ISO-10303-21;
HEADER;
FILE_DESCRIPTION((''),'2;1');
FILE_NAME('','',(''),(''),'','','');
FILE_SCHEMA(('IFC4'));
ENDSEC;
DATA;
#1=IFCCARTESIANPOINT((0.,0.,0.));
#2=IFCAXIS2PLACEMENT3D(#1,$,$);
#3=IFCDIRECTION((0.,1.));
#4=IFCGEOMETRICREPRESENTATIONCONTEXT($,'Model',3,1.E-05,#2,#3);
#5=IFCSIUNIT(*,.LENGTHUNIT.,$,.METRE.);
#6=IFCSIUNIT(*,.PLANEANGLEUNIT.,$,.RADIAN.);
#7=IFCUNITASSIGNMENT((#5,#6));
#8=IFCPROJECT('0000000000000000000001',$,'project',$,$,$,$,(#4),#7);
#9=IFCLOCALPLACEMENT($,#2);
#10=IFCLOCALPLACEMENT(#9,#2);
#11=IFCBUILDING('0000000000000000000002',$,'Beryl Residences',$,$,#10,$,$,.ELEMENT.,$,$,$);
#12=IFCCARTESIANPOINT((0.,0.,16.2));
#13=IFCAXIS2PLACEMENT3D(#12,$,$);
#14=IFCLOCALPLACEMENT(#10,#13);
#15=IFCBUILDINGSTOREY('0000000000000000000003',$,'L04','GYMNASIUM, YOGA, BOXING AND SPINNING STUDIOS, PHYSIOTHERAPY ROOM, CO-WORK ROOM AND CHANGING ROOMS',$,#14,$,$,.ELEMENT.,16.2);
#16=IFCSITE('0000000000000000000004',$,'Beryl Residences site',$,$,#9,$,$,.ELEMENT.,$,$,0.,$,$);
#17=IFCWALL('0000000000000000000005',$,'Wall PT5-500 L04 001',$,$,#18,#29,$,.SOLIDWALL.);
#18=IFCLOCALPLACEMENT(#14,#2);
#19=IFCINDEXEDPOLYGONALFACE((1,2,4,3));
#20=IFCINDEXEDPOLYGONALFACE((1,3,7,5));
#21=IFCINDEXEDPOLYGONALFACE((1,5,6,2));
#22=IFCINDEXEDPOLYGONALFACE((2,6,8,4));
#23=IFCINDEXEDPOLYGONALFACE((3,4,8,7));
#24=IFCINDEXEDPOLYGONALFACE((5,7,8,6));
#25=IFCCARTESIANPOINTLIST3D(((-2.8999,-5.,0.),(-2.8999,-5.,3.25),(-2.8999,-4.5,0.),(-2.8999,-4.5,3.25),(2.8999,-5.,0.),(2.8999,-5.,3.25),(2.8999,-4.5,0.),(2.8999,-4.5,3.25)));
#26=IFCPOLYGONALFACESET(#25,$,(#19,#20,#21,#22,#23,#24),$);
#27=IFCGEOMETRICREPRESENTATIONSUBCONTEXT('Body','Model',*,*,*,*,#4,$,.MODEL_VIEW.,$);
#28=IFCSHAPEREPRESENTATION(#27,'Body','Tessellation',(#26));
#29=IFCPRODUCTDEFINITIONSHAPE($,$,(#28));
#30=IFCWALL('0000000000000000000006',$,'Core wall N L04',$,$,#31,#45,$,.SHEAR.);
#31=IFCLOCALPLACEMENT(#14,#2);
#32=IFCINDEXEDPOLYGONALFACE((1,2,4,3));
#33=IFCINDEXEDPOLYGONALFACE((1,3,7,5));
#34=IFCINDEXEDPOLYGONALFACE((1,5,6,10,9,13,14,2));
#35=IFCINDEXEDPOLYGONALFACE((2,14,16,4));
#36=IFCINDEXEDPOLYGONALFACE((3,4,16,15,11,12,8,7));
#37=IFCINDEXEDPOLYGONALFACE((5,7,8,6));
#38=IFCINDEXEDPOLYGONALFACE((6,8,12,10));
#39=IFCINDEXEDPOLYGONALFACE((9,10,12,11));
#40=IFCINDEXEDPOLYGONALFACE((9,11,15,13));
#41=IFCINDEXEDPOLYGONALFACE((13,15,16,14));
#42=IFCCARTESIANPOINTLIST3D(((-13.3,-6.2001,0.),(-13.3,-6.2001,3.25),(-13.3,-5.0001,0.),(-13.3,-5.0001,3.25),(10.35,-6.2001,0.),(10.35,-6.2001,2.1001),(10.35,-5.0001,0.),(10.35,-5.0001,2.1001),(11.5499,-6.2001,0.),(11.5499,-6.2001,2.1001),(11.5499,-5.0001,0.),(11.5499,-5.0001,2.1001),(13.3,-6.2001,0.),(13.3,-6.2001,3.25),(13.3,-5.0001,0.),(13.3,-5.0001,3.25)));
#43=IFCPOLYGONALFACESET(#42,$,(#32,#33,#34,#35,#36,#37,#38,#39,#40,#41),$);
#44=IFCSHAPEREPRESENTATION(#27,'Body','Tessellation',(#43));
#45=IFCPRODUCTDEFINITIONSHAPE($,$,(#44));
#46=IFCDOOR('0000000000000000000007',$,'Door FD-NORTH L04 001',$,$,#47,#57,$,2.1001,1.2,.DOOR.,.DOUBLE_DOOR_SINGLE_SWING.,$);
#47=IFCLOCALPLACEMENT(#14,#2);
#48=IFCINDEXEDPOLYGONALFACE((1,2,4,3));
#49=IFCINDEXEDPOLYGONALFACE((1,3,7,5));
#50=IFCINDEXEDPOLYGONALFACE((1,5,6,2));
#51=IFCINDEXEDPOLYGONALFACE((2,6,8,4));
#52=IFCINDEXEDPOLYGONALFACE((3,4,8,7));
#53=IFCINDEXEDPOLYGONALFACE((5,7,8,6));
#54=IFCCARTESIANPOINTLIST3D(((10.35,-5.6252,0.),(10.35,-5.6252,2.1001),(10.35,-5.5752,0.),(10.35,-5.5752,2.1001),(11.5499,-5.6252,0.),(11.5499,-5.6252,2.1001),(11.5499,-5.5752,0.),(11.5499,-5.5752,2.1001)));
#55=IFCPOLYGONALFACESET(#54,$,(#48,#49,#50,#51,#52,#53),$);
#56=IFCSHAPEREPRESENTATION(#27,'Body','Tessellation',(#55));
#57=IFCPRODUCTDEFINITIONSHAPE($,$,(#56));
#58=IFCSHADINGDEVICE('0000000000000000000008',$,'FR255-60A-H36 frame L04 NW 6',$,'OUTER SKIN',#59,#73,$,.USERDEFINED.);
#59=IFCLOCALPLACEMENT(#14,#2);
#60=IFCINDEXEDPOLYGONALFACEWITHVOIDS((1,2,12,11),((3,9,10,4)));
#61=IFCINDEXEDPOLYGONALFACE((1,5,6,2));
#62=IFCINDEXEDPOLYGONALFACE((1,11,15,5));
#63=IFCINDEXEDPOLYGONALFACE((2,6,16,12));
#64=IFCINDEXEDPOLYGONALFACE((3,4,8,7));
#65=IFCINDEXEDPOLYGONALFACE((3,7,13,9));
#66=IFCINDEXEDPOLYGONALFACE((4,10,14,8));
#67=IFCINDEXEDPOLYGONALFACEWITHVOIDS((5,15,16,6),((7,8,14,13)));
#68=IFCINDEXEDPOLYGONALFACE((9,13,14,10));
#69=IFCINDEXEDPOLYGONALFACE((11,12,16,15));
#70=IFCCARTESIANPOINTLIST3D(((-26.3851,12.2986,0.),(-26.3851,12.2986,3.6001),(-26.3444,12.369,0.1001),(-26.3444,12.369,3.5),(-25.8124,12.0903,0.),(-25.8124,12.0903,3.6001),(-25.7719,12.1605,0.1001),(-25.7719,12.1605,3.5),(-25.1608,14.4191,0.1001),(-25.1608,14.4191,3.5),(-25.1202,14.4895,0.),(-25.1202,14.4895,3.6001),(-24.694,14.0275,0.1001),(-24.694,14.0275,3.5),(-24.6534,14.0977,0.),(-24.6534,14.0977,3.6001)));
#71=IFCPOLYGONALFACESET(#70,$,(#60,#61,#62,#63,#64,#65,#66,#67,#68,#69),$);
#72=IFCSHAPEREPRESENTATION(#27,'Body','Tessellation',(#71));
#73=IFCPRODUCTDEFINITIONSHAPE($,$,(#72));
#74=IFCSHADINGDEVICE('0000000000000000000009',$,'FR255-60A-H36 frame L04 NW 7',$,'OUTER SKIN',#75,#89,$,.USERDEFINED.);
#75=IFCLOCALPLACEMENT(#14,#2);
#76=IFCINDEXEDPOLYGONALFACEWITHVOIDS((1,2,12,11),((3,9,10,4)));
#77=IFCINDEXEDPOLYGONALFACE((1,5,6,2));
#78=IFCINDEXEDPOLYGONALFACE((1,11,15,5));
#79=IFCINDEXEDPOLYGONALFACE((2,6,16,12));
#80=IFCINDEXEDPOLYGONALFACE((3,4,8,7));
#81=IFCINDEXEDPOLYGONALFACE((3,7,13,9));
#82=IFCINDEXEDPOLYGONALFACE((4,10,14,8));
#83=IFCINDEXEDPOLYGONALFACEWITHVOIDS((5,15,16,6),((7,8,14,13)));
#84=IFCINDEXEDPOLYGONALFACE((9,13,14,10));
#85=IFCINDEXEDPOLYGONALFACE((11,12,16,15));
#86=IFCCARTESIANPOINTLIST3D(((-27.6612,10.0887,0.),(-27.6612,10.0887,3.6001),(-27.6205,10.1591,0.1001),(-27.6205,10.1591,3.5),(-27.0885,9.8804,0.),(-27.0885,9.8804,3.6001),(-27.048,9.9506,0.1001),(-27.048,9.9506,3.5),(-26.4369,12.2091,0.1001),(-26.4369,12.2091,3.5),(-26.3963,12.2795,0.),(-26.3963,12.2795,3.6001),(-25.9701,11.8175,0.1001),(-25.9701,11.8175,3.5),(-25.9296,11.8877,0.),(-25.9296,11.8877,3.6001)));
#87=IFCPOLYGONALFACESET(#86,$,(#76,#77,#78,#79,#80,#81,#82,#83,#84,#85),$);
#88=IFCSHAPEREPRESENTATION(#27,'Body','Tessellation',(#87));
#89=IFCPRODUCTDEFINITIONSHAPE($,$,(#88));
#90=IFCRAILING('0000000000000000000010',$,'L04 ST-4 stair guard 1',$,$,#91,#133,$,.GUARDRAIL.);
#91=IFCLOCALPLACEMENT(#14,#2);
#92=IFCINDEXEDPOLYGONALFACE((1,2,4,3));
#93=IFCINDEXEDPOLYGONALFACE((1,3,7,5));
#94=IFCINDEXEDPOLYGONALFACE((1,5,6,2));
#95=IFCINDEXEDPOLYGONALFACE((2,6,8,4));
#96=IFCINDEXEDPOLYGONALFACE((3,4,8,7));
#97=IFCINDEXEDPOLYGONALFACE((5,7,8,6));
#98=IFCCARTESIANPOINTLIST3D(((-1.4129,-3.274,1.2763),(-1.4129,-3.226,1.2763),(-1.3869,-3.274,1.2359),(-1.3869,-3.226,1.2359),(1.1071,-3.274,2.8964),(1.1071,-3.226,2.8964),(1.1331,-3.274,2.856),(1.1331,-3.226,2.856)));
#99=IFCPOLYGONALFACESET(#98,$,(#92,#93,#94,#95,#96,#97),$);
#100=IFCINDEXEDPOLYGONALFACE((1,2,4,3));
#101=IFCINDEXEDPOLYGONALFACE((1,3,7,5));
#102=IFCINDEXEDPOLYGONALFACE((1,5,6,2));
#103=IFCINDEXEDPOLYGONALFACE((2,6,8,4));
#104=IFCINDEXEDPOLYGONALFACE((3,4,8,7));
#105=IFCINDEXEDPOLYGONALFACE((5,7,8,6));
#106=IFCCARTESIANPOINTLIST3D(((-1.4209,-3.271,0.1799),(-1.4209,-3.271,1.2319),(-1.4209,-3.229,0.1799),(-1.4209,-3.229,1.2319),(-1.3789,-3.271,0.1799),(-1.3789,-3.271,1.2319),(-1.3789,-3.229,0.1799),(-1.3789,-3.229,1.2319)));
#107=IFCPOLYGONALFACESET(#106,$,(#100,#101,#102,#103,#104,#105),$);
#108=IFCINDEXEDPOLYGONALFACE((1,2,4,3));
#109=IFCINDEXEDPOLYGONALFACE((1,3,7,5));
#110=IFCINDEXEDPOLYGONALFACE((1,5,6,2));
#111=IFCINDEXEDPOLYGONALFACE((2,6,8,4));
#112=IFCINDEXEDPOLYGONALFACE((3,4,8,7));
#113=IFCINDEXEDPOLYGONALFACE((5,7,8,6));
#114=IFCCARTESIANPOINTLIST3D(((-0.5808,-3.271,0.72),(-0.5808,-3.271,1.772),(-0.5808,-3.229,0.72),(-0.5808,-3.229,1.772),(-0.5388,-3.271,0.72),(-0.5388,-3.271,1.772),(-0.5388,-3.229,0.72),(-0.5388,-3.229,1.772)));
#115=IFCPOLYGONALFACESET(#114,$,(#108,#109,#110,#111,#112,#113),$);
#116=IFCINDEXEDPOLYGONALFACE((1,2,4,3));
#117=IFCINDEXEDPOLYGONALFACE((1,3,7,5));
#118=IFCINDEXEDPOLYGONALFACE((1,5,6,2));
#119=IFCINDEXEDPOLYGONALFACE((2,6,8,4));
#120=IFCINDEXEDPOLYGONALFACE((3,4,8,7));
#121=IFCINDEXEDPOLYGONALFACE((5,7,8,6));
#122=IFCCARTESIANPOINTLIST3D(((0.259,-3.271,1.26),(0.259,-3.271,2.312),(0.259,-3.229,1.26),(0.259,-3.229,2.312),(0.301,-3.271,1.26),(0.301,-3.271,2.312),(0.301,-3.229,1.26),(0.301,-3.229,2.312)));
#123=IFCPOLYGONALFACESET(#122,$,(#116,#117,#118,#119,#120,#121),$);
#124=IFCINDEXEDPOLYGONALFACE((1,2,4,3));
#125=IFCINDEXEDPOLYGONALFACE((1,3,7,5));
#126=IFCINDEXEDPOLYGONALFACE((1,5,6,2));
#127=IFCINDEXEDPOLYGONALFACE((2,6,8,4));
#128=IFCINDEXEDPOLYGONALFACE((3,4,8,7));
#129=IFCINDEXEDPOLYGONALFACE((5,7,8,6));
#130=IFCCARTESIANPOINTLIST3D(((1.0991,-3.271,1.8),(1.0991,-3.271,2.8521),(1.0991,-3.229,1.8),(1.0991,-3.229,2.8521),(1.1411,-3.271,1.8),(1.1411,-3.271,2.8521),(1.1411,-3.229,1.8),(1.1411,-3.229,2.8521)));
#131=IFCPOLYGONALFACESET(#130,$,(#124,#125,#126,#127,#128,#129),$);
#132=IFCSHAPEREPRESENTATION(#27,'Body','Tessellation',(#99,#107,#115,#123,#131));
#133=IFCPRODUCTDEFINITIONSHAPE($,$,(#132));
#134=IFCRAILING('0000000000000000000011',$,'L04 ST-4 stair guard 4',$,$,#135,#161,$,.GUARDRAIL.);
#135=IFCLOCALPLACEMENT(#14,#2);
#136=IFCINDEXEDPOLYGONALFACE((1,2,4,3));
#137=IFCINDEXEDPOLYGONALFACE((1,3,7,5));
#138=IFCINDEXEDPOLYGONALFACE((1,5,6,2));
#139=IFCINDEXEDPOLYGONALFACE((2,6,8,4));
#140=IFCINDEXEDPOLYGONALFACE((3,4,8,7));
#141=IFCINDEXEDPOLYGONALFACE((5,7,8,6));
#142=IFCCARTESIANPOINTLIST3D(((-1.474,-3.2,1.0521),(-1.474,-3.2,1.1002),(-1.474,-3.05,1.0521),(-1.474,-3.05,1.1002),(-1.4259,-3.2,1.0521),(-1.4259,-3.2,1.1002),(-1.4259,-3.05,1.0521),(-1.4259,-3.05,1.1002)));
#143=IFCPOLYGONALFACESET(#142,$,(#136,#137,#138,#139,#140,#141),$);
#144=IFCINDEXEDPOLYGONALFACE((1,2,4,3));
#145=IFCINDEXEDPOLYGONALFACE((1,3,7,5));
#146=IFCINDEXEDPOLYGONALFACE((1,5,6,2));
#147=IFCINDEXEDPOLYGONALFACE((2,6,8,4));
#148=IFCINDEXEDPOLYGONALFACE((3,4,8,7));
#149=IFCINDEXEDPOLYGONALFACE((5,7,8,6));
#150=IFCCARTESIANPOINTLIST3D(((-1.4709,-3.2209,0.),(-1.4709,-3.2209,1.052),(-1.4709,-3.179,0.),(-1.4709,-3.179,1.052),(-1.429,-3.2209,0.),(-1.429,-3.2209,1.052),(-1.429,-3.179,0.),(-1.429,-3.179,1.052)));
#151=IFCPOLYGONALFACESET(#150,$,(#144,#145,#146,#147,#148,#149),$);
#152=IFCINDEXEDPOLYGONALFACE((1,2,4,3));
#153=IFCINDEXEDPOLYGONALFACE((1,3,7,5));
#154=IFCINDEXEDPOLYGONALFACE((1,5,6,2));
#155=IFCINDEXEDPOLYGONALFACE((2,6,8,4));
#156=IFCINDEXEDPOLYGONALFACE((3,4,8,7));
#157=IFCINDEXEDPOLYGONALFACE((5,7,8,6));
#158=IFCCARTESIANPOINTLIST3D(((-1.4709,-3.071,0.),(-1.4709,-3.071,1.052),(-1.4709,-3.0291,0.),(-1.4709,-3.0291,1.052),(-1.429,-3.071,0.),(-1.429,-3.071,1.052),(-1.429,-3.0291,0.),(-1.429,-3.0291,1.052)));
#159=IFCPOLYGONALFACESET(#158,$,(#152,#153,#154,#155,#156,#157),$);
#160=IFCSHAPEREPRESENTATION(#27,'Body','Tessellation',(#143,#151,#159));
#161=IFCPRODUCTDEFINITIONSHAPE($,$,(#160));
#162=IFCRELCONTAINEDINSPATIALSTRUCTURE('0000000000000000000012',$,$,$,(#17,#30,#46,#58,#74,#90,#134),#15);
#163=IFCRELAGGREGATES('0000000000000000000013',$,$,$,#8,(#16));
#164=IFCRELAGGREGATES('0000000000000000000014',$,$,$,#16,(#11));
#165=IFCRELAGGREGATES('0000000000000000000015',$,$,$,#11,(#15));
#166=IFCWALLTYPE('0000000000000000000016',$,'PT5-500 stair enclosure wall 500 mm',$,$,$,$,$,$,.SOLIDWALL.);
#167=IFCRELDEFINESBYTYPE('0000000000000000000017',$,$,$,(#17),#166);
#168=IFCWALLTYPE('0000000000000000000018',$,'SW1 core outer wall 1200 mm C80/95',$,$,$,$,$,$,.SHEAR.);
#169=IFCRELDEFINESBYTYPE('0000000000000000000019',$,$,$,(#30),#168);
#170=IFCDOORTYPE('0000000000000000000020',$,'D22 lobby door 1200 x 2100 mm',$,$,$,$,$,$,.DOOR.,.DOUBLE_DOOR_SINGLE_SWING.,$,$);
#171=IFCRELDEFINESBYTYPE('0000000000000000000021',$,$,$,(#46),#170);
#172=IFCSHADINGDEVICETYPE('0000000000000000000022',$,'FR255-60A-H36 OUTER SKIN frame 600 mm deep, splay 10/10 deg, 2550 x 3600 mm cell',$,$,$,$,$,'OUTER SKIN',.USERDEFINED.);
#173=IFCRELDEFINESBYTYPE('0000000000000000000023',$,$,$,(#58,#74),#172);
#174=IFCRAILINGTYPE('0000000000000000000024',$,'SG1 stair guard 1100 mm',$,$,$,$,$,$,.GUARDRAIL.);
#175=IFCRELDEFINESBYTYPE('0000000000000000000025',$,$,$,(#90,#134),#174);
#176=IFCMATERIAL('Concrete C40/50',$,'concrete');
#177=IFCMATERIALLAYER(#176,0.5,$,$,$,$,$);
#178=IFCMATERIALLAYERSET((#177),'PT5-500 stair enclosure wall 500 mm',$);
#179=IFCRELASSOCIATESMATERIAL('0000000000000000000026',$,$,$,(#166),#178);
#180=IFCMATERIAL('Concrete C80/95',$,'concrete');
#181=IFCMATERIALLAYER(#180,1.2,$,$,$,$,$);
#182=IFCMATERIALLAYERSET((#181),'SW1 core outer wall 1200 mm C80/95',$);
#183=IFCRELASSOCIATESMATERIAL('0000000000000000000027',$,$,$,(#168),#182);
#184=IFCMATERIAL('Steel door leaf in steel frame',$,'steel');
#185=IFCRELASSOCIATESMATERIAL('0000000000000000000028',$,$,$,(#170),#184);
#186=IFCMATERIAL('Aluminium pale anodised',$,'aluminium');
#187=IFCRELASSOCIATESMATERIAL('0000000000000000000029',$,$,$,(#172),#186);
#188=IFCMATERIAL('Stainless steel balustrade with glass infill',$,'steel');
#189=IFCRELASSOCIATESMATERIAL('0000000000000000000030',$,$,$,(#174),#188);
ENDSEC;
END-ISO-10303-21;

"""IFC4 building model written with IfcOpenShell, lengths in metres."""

from ifc_helpers import new_model, entity, si_unit, direction, frame, frame_2d, origin, origin_2d, place, context, subcontext, project, spatial, rectangle, extrude, source, transform, mapped, material, layer, layer_set, type_object, type_shapes, element, fill, save


model = new_model("IFC4")

# Units and contexts
model_context = context("Model", 3, precision=1e-05, world=origin(), true_north=direction((0.0, 1.0)))
body_context = subcontext(model_context, "Body", "Model", "MODEL_VIEW")
ifc_project = project(units=[si_unit("LENGTHUNIT", "METRE"), si_unit("PLANEANGLEUNIT", "RADIAN")], contexts=[model_context])

# Site, building, storey
site_placement = place(None, origin())
site = spatial("IfcSite", under=ifc_project, at=site_placement, Name="Beryl Residences site", CompositionType="ELEMENT", RefElevation=0.0)
building_placement = place(site_placement, origin())
building = spatial("IfcBuilding", under=site, at=building_placement, Name="Beryl Residences", CompositionType="ELEMENT")
storey_placement = place(building_placement, frame((0.0, 0.0, 16.2)))
storey = spatial("IfcBuildingStorey", under=building, at=storey_placement, Name="L04", Description="GYMNASIUM, YOGA, BOXING AND SPINNING STUDIOS, PHYSIOTHERAPY ROOM, CO-WORK ROOM AND CHANGING ROOMS", CompositionType="ELEMENT", Elevation=16.2)

# Wall
ifc_material_1 = material(Name="Concrete C40/50", Category="concrete")
ifc_layer_1 = layer(ifc_material_1, 0.5)
ifc_layer_set_1 = layer_set([ifc_layer_1], Name="PT5-500 stair enclosure wall 500 mm")
wall_type_1 = type_object("IfcWallType", Name="PT5-500 stair enclosure wall 500 mm", PredefinedType="SOLIDWALL", material=ifc_layer_set_1)
wall_1_placement = place(storey_placement, frame((-2.8999, -4.75, 0.0), z_axis=(0.0, 0.0, 1.0), x_axis=(1.0, 0.0, 0.0)))
element("IfcWall", 1, at=wall_1_placement, inside=storey, type_object=wall_type_1, Name="Wall PT5-500 L04 001", PredefinedType="SOLIDWALL", context=body_context, shape_type="SweptSolid", body=[
    extrude(rectangle(XDim=5.7998, YDim=0.5, at=frame_2d((2.8999, 0.0))), origin(), (0.0, 0.0, 1.0), 3.25),
])

# Wall, opening, door
ifc_material_2 = material(Name="Concrete C80/95", Category="concrete")
ifc_layer_2 = layer(ifc_material_2, 1.2)
ifc_layer_set_2 = layer_set([ifc_layer_2], Name="SW1 core outer wall 1200 mm C80/95")
wall_type_2 = type_object("IfcWallType", Name="SW1 core outer wall 1200 mm C80/95", PredefinedType="SHEAR", material=ifc_layer_set_2)
wall_2_placement = place(storey_placement, frame((-13.3, -5.6001, 0.0), z_axis=(0.0, 0.0, 1.0), x_axis=(1.0, 0.0, 0.0)))
wall_2 = element("IfcWall", 2, at=wall_2_placement, inside=storey, type_object=wall_type_2, Name="Core wall N L04", PredefinedType="SHEAR", context=body_context, shape_type="SweptSolid", body=[
    extrude(rectangle(XDim=26.6001, YDim=1.2, at=frame_2d((13.3, 0.0))), origin(), (0.0, 0.0, 1.0), 3.25),
])
opening_1_placement = place(wall_2_placement, frame((23.6499, 0.0, 0.0)))
opening_1 = element("IfcOpeningElement", 3, at=opening_1_placement, cuts=wall_2, PredefinedType="OPENING", context=body_context, shape_type="SweptSolid", body=[
    extrude(rectangle(XDim=1.2, YDim=2.1001, at=frame_2d((0.6001, 1.05))), frame((0.0, 0.6099, 0.0), z_axis=(0.0, -1.0, 0.0), x_axis=(1.0, 0.0, 0.0)), (0.0, 0.0, 1.0), 1.22),
])
ifc_material_3 = material(Name="Steel door leaf in steel frame", Category="steel")
door_type_1 = type_object("IfcDoorType", Name="D22 lobby door 1200 x 2100 mm", OperationType="DOUBLE_DOOR_SINGLE_SWING", PredefinedType="DOOR", material=ifc_material_3)
door_1_placement = place(opening_1_placement, origin())
door_1 = element("IfcDoor", 4, at=door_1_placement, inside=storey, type_object=door_type_1, Name="Door FD-NORTH L04 001", OperationType="DOUBLE_DOOR_SINGLE_SWING", OverallHeight=2.1001, OverallWidth=1.2, PredefinedType="DOOR", context=body_context, shape_type="SweptSolid", body=[
    extrude(rectangle(XDim=1.2, YDim=2.1001, at=frame_2d((0.6001, 1.05))), frame((0.0, 0.0249, 0.0), z_axis=(0.0, -1.0, 0.0), x_axis=(1.0, 0.0, 0.0)), (0.0, 0.0, 1.0), 0.05),
])
fill(opening_1, door_1)

# Shading devices
ifc_material_4 = material(Name="Aluminium pale anodised", Category="aluminium")
shading_device_type = type_object("IfcShadingDeviceType", Name="FR255-60A-H36 OUTER SKIN frame 600 mm deep, splay 10/10 deg, 2550 x 3600 mm cell", ElementType="OUTER SKIN", PredefinedType="USERDEFINED", material=ifc_material_4)
cartesian_point_1 = entity("IfcCartesianPoint", [-1.1589, 0.0])
cartesian_point_2 = entity("IfcCartesianPoint", [-1.0779, 0.1001])
cartesian_point_3 = entity("IfcCartesianPoint", [-1.2649, 0.0])
cartesian_point_4 = entity("IfcCartesianPoint", [-1.1836, 0.1001])
shared_shape = source(origin(), body_context, "Body", "SweptSolid", [
    entity("IfcExtrudedAreaSolidTapered", entity("IfcArbitraryProfileDefWithVoids", "AREA", None, entity("IfcPolyline", [cartesian_point_1, entity("IfcCartesianPoint", [1.1589, 0.0]), entity("IfcCartesianPoint", [1.1589, 3.6001]), entity("IfcCartesianPoint", [-1.1589, 3.6001]), cartesian_point_1]), [entity("IfcPolyline", [cartesian_point_2, entity("IfcCartesianPoint", [1.0779, 0.1001]), entity("IfcCartesianPoint", [1.0779, 3.5]), entity("IfcCartesianPoint", [-1.0779, 3.5]), cartesian_point_2])]), entity("IfcAxis2Placement3D", entity("IfcCartesianPoint", [0.0, 0.0, 0.0]), entity("IfcDirection", [0.0, 1.0, 0.0]), entity("IfcDirection", [-1.0, 0.0, 0.0])), entity("IfcDirection", [0.0, 0.0, 1.0]), 0.6001, entity("IfcArbitraryProfileDefWithVoids", "AREA", None, entity("IfcPolyline", [cartesian_point_3, entity("IfcCartesianPoint", [1.2649, 0.0]), entity("IfcCartesianPoint", [1.2649, 3.6001]), entity("IfcCartesianPoint", [-1.2649, 3.6001]), cartesian_point_3]), [entity("IfcPolyline", [cartesian_point_4, entity("IfcCartesianPoint", [1.1836, 0.1001]), entity("IfcCartesianPoint", [1.1836, 3.5]), entity("IfcCartesianPoint", [-1.1836, 3.5]), cartesian_point_4])])),
])
type_shapes(shading_device_type, [shared_shape])
for number, where, z_axis, x_axis, name in (
    (5, (-25.2329, 13.094, 0.0), (0.0, 0.0, 1.0), (0.5, 0.866025, 0.0), "FR255-60A-H36 frame L04 NW 6"),
    (6, (-26.509, 10.884, 0.0), (0.0, 0.0, 1.0), (0.5, 0.866025, 0.0), "FR255-60A-H36 frame L04 NW 7"),
):
    element("IfcShadingDevice", number, at=place(storey_placement, frame(where, z_axis=z_axis, x_axis=x_axis)), inside=storey, type_object=shading_device_type, Name=name, ObjectType="OUTER SKIN", PredefinedType="USERDEFINED", context=body_context, shape_type="MappedRepresentation", body=[
        mapped(shared_shape, transform((0.0, 0.0, 0.0))),
    ])

# Railings
ifc_material_5 = material(Name="Stainless steel balustrade with glass infill", Category="steel")
railing_type_1 = type_object("IfcRailingType", Name="SG1 stair guard 1100 mm", PredefinedType="GUARDRAIL", material=ifc_material_5)
railing_1_placement = place(storey_placement, frame((-1.3999, -3.25, 0.1799)))
element("IfcRailing", 7, at=railing_1_placement, inside=storey, type_object=railing_type_1, Name="L04 ST-4 stair guard 1", PredefinedType="GUARDRAIL", context=body_context, shape_type="SweptSolid", body=[
    extrude(rectangle(XDim=0.0481, YDim=0.0481, at=origin_2d()), frame((0.0, 0.0, 1.0762), z_axis=(0.841163, 0.0, 0.540782), x_axis=(0.0, 1.0, 0.0)), (0.0, 0.0, 1.0), 2.9958),
    extrude(rectangle(XDim=0.042, YDim=0.042, at=origin_2d()), origin(), (0.0, 0.0, 1.0), 1.052),
    extrude(rectangle(XDim=0.042, YDim=0.042, at=origin_2d()), frame((0.8401, 0.0, 0.54)), (0.0, 0.0, 1.0), 1.052),
    extrude(rectangle(XDim=0.042, YDim=0.042, at=origin_2d()), frame((1.6799, 0.0, 1.0801)), (0.0, 0.0, 1.0), 1.052),
    extrude(rectangle(XDim=0.042, YDim=0.042, at=origin_2d()), frame((2.52, 0.0, 1.6201)), (0.0, 0.0, 1.0), 1.052),
])
railing_2_placement = place(storey_placement, frame((-1.45, -3.2, 0.0)))
element("IfcRailing", 8, at=railing_2_placement, inside=storey, type_object=railing_type_1, Name="L04 ST-4 stair guard 4", PredefinedType="GUARDRAIL", context=body_context, shape_type="SweptSolid", body=[
    extrude(rectangle(XDim=0.0481, YDim=0.0481, at=origin_2d()), frame((0.0, 0.0, 1.0762), z_axis=(0.0, 1.0, 0.0), x_axis=(-1.0, 0.0, 0.0)), (0.0, 0.0, 1.0), 0.1499),
    extrude(rectangle(XDim=0.042, YDim=0.042, at=origin_2d()), origin(), (0.0, 0.0, 1.0), 1.052),
    extrude(rectangle(XDim=0.042, YDim=0.042, at=origin_2d()), frame((0.0, 0.1499, 0.0)), (0.0, 0.0, 1.0), 1.052),
])

save(model, "model.ifc")
